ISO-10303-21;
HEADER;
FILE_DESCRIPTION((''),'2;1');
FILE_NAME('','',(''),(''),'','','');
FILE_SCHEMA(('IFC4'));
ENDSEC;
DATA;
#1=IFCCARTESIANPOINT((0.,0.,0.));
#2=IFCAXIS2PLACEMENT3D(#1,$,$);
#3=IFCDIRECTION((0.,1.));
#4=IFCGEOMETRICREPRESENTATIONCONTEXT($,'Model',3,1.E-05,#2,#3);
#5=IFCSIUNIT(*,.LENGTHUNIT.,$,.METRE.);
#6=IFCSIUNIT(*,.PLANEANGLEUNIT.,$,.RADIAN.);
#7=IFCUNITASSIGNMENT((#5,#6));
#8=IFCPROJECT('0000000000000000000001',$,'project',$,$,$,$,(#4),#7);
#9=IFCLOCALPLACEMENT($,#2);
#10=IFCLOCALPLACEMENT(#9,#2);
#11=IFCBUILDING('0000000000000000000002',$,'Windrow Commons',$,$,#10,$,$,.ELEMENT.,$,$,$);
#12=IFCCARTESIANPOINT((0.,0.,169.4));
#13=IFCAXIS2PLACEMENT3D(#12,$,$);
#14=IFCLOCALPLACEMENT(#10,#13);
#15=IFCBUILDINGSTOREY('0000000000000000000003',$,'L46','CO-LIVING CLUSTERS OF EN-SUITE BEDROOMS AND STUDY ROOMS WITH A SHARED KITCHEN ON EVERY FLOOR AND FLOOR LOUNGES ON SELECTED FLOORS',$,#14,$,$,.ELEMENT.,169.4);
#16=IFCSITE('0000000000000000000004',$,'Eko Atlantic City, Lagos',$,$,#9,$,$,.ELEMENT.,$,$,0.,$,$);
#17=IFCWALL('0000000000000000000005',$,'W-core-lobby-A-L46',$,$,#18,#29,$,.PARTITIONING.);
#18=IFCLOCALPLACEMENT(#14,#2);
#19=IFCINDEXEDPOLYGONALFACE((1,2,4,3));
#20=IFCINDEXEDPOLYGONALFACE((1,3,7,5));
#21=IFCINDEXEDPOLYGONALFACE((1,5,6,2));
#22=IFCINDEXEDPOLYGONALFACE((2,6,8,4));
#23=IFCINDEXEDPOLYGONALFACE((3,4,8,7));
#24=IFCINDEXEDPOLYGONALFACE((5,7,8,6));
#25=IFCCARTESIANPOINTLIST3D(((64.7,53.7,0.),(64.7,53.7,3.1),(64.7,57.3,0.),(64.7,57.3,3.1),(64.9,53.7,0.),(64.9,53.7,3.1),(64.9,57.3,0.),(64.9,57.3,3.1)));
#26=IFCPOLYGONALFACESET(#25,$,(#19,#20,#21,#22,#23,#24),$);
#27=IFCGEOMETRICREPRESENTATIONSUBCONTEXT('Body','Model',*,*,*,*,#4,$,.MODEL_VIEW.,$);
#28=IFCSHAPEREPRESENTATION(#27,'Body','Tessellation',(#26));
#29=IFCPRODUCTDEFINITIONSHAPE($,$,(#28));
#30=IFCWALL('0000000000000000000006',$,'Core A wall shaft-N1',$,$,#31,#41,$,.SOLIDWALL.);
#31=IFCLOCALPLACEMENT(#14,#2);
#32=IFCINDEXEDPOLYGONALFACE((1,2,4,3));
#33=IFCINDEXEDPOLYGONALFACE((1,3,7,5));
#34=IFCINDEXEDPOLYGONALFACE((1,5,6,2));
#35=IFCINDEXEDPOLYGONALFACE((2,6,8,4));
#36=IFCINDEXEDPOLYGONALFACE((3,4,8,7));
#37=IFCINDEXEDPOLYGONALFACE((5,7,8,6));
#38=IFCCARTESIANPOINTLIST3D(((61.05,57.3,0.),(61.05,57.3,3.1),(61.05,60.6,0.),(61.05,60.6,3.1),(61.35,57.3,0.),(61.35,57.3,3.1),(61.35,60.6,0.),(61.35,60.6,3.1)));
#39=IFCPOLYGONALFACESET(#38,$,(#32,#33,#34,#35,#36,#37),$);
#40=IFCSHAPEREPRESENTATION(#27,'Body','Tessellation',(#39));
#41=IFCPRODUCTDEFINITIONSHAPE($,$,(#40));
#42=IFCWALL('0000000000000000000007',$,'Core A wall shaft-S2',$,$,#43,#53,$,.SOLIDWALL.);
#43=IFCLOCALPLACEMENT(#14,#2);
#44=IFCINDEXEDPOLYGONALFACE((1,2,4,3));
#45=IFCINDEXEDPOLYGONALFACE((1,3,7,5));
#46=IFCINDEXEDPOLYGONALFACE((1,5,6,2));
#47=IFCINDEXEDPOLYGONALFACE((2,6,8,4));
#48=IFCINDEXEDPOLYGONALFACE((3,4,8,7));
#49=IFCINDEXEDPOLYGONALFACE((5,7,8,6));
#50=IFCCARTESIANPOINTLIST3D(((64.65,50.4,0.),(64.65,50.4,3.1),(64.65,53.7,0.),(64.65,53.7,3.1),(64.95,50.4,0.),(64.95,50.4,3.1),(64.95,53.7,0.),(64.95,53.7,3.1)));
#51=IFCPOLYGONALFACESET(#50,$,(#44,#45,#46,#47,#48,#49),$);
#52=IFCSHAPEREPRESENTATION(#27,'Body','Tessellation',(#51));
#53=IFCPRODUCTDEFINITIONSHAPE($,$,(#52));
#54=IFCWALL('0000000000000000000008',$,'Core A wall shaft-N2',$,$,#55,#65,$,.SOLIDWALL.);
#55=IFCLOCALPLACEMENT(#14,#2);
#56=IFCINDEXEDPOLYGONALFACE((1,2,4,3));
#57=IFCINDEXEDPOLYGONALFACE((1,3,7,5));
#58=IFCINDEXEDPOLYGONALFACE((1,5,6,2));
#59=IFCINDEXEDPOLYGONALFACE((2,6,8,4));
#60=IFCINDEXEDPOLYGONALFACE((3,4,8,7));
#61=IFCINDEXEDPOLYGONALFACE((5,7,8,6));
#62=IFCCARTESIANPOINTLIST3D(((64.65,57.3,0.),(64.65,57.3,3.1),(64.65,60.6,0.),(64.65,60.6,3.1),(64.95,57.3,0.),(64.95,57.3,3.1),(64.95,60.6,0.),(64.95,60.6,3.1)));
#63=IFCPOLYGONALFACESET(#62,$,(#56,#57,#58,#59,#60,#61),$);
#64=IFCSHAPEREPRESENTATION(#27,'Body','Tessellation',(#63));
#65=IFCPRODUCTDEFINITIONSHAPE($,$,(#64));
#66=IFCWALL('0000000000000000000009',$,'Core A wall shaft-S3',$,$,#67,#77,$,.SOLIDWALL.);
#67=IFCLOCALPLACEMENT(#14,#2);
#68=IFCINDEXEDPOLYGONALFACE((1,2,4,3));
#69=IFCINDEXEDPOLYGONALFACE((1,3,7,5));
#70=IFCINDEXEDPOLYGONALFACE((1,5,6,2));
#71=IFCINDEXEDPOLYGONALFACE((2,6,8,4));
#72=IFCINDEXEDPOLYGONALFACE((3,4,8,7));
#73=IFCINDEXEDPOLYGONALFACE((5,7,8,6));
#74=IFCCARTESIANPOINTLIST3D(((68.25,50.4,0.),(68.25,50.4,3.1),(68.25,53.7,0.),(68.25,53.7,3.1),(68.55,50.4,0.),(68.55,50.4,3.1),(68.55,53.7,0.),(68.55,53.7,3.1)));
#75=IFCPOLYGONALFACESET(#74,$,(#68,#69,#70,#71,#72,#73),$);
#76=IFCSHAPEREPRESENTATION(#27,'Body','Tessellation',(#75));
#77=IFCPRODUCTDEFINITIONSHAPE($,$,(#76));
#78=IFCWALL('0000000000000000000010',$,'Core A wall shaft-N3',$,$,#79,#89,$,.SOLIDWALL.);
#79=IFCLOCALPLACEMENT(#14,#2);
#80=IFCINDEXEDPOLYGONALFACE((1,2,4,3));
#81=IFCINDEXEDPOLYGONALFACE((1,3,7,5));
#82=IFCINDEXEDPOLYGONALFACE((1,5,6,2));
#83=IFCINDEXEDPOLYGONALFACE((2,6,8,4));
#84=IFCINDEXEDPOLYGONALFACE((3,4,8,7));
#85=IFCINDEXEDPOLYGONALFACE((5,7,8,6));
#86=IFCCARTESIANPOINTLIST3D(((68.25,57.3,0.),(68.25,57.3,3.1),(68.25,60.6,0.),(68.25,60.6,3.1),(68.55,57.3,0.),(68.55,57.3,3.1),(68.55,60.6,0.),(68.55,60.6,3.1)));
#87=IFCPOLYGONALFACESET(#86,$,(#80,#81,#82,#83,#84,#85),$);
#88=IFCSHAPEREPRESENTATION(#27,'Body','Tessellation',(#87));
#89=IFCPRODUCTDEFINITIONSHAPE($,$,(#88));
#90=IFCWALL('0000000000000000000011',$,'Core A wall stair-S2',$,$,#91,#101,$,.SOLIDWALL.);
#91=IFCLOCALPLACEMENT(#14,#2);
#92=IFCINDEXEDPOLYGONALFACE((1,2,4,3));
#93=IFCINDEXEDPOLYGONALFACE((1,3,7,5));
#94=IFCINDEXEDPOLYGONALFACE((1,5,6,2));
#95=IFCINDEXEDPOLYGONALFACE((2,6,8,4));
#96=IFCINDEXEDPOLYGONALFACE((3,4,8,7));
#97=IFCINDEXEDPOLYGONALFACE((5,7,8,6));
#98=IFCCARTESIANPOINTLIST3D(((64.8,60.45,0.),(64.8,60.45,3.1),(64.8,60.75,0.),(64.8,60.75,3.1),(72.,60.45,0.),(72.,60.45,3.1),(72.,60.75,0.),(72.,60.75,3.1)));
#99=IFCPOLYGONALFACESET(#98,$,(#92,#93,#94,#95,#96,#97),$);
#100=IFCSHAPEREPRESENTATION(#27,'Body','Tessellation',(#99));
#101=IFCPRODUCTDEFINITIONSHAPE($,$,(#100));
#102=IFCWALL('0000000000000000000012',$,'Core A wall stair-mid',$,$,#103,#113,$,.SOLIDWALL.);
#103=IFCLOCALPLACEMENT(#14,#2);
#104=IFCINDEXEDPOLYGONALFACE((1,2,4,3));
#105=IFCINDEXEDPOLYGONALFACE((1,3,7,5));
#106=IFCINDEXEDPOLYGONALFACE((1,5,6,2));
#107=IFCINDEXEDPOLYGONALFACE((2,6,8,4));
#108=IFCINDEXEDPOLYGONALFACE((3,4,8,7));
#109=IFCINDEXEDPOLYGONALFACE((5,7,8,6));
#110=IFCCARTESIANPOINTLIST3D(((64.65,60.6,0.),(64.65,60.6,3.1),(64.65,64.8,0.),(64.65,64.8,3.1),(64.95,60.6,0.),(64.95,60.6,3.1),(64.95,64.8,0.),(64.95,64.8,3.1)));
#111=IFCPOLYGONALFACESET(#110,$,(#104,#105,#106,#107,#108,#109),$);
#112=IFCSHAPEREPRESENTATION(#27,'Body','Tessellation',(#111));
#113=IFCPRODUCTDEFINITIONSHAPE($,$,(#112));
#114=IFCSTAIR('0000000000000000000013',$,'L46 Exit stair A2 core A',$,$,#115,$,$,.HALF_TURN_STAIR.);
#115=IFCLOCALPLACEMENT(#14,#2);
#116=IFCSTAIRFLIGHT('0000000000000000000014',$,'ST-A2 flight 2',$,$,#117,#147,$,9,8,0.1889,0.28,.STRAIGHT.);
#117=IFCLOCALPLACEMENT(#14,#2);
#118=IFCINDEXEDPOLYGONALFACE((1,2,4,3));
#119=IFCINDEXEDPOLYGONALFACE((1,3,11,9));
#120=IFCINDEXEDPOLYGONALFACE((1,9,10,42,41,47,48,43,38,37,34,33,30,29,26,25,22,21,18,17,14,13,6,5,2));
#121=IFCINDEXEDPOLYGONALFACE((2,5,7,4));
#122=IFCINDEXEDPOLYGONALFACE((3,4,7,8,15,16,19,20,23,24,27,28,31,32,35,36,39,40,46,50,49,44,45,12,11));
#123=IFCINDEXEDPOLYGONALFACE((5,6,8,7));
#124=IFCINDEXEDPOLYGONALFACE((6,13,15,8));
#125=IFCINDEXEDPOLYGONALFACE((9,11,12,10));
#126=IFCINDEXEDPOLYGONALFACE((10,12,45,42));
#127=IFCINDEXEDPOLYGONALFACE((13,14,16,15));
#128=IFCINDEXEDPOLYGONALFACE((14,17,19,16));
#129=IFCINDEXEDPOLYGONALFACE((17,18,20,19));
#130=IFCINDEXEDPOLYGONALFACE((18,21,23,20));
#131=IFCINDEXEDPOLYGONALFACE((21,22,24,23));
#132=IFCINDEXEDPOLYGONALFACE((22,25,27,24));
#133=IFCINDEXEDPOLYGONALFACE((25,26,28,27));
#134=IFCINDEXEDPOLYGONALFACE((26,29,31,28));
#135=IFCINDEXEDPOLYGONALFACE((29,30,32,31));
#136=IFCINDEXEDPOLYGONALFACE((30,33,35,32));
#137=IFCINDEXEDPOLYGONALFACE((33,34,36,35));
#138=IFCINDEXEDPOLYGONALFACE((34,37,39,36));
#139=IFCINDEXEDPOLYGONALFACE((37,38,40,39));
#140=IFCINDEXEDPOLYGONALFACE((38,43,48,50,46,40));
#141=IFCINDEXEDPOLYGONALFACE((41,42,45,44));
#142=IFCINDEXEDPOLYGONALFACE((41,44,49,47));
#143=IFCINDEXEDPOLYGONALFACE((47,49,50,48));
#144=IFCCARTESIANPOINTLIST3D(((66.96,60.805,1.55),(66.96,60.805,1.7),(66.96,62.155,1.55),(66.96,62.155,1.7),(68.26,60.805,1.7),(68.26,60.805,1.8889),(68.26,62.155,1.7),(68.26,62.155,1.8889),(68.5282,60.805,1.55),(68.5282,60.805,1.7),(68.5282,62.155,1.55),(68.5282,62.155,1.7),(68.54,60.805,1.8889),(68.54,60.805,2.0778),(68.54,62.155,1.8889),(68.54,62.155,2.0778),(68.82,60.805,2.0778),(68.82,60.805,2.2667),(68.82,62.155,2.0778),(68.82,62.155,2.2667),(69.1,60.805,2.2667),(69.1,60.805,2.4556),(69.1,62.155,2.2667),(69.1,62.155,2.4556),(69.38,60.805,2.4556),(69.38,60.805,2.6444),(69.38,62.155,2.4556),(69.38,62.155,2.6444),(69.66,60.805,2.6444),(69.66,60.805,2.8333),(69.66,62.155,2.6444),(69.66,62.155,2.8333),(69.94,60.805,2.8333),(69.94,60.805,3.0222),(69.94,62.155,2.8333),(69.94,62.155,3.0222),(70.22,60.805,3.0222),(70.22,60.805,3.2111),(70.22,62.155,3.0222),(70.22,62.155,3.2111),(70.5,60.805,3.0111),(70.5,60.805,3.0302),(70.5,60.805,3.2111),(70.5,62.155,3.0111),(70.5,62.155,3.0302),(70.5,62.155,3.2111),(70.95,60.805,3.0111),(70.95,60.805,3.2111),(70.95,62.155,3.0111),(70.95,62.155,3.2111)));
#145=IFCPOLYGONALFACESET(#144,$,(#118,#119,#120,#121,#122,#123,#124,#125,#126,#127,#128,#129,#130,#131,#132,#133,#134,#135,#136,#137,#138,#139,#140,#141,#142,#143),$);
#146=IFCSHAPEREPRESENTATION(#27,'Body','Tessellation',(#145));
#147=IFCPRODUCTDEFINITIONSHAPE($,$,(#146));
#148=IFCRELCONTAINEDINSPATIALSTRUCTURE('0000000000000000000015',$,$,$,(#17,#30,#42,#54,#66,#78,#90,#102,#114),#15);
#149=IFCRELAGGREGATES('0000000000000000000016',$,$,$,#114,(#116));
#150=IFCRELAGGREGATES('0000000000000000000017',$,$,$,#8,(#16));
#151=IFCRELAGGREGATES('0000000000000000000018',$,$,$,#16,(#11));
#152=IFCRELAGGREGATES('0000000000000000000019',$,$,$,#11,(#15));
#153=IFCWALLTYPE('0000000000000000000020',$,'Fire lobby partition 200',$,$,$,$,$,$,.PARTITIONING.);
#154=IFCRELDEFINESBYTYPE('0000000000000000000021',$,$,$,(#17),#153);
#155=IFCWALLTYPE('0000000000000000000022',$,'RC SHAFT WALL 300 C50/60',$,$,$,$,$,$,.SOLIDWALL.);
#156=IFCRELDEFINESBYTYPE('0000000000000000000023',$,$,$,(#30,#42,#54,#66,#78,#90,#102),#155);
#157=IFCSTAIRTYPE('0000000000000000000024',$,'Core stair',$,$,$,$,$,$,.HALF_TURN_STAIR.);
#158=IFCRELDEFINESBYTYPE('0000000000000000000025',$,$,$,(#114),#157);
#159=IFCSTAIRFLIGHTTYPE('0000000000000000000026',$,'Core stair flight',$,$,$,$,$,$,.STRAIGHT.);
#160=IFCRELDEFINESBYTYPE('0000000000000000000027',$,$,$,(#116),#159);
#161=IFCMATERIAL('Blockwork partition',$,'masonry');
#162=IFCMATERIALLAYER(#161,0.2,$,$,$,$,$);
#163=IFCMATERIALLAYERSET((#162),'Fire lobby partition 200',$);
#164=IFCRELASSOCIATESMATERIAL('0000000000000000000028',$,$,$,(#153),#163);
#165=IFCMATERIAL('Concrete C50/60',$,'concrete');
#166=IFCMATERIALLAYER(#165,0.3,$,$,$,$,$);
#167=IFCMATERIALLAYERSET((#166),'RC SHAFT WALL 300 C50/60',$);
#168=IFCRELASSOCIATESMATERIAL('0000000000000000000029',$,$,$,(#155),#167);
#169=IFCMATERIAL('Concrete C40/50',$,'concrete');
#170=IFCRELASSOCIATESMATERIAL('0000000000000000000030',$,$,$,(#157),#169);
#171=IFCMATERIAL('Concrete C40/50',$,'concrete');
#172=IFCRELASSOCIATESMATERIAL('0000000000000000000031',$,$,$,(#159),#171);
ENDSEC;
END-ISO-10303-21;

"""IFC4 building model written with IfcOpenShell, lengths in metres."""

from ifc_helpers import new_model, si_unit, direction, frame, frame_2d, origin, place, context, subcontext, project, spatial, polyline, rectangle, outline, extrude, material, layer, layer_set, type_object, element, aggregate, save


model = new_model("IFC4")

# Units and contexts
model_context = context("Model", 3, precision=1e-05, world=origin(), true_north=direction((0.0, 1.0)))
body_context = subcontext(model_context, "Body", "Model", "MODEL_VIEW")
ifc_project = project(units=[si_unit("LENGTHUNIT", "METRE"), si_unit("PLANEANGLEUNIT", "RADIAN")], contexts=[model_context])

# Site, building, storey
site_placement = place(None, origin())
site = spatial("IfcSite", under=ifc_project, at=site_placement, Name="Eko Atlantic City, Lagos", CompositionType="ELEMENT", RefElevation=0.0)
building_placement = place(site_placement, origin())
building = spatial("IfcBuilding", under=site, at=building_placement, Name="Windrow Commons", CompositionType="ELEMENT")
storey_placement = place(building_placement, frame((0.0, 0.0, 169.4)))
storey = spatial("IfcBuildingStorey", under=building, at=storey_placement, Name="L46", Description="CO-LIVING CLUSTERS OF EN-SUITE BEDROOMS AND STUDY ROOMS WITH A SHARED KITCHEN ON EVERY FLOOR AND FLOOR LOUNGES ON SELECTED FLOORS", CompositionType="ELEMENT", Elevation=169.4)

# Walls
ifc_material_1 = material(Name="Blockwork partition", Category="masonry")
ifc_layer_1 = layer(ifc_material_1, 0.2)
ifc_layer_set_1 = layer_set([ifc_layer_1], Name="Fire lobby partition 200")
wall_type_1 = type_object("IfcWallType", Name="Fire lobby partition 200", PredefinedType="PARTITIONING", material=ifc_layer_set_1)
wall_1_placement = place(storey_placement, frame((64.8, 53.7, 0.0), z_axis=(0.0, 0.0, 1.0), x_axis=(0.0, 1.0, 0.0)))
element("IfcWall", 1, at=wall_1_placement, inside=storey, type_object=wall_type_1, Name="W-core-lobby-A-L46", PredefinedType="PARTITIONING", context=body_context, shape_type="SweptSolid", body=[
    extrude(rectangle(XDim=3.6, YDim=0.2, at=frame_2d((1.8, 0.0))), origin(), (0.0, 0.0, 1.0), 3.1),
])
ifc_material_2 = material(Name="Concrete C50/60", Category="concrete")
ifc_layer_2 = layer(ifc_material_2, 0.3)
ifc_layer_set_2 = layer_set([ifc_layer_2], Name="RC SHAFT WALL 300 C50/60")
wall_type_2 = type_object("IfcWallType", Name="RC SHAFT WALL 300 C50/60", PredefinedType="SOLIDWALL", material=ifc_layer_set_2)
for number, where, z_axis, x_axis, name in (
    (2, (61.2, 57.3, 0.0), (0.0, 0.0, 1.0), (0.0, 1.0, 0.0), "Core A wall shaft-N1"),
    (3, (64.8, 50.4, 0.0), (0.0, 0.0, 1.0), (0.0, 1.0, 0.0), "Core A wall shaft-S2"),
    (4, (64.8, 57.3, 0.0), (0.0, 0.0, 1.0), (0.0, 1.0, 0.0), "Core A wall shaft-N2"),
    (5, (68.4, 50.4, 0.0), (0.0, 0.0, 1.0), (0.0, 1.0, 0.0), "Core A wall shaft-S3"),
    (6, (68.4, 57.3, 0.0), (0.0, 0.0, 1.0), (0.0, 1.0, 0.0), "Core A wall shaft-N3"),
):
    element("IfcWall", number, at=place(storey_placement, frame(where, z_axis=z_axis, x_axis=x_axis)), inside=storey, type_object=wall_type_2, Name=name, PredefinedType="SOLIDWALL", context=body_context, shape_type="SweptSolid", body=[
        extrude(rectangle(XDim=3.3, YDim=0.3, at=frame_2d((1.65, 0.0))), origin(), (0.0, 0.0, 1.0), 3.1),
    ])
wall_2_placement = place(storey_placement, frame((64.8, 60.6, 0.0), z_axis=(0.0, 0.0, 1.0), x_axis=(1.0, 0.0, 0.0)))
element("IfcWall", 7, at=wall_2_placement, inside=storey, type_object=wall_type_2, Name="Core A wall stair-S2", PredefinedType="SOLIDWALL", context=body_context, shape_type="SweptSolid", body=[
    extrude(rectangle(XDim=7.2, YDim=0.3, at=frame_2d((3.6, 0.0))), origin(), (0.0, 0.0, 1.0), 3.1),
])
wall_3_placement = place(storey_placement, frame((64.8, 60.6, 0.0), z_axis=(0.0, 0.0, 1.0), x_axis=(0.0, 1.0, 0.0)))
element("IfcWall", 8, at=wall_3_placement, inside=storey, type_object=wall_type_2, Name="Core A wall stair-mid", PredefinedType="SOLIDWALL", context=body_context, shape_type="SweptSolid", body=[
    extrude(rectangle(XDim=4.2, YDim=0.3, at=frame_2d((2.1, 0.0))), origin(), (0.0, 0.0, 1.0), 3.1),
])

# Stair, stair flight
ifc_material_3 = material(Name="Concrete C40/50", Category="concrete")
stair_type = type_object("IfcStairType", Name="Core stair", PredefinedType="HALF_TURN_STAIR", material=ifc_material_3)
stair_placement = place(storey_placement, origin())
stair = element("IfcStair", 9, at=stair_placement, inside=storey, type_object=stair_type, Name="L46 Exit stair A2 core A", PredefinedType="HALF_TURN_STAIR")
ifc_material_4 = material(Name="Concrete C40/50", Category="concrete")
stair_flight_type = type_object("IfcStairFlightType", Name="Core stair flight", PredefinedType="STRAIGHT", material=ifc_material_4)
stair_flight_placement = place(storey_placement, frame((68.26, 61.48, 1.7), z_axis=(0.0, 0.0, 1.0), x_axis=(1.0, 0.0, 0.0)))
stair_flight = element("IfcStairFlight", 10, at=stair_flight_placement, type_object=stair_flight_type, Name="ST-A2 flight 2", NumberOfRisers=9, NumberOfTreads=8, PredefinedType="STRAIGHT", RiserHeight=0.1889, TreadLength=0.28, context=body_context, shape_type="SweptSolid", body=[
    extrude(outline(polyline([(-1.3, -0.15), (-1.3, 0.0), (0.0, 0.0), (0.0, 0.1889), (0.28, 0.1889), (0.28, 0.3778), (0.56, 0.3778), (0.56, 0.5667), (0.84, 0.5667), (0.84, 0.7556), (1.12, 0.7556), (1.12, 0.9444), (1.4, 0.9444), (1.4, 1.1333), (1.68, 1.1333), (1.68, 1.3222), (1.96, 1.3222), (1.96, 1.5111), (2.24, 1.5111), (2.69, 1.5111), (2.69, 1.3111), (2.24, 1.3111), (2.24, 1.3302), (0.2682, 0.0), (0.2682, -0.15), (-1.3, -0.15)])), frame((0.0, 0.675, 0.0), z_axis=(0.0, -1.0, 0.0), x_axis=(1.0, 0.0, 0.0)), (0.0, 0.0, 1.0), 1.35),
])
aggregate(stair, [stair_flight])

save(model, "model.ifc")
